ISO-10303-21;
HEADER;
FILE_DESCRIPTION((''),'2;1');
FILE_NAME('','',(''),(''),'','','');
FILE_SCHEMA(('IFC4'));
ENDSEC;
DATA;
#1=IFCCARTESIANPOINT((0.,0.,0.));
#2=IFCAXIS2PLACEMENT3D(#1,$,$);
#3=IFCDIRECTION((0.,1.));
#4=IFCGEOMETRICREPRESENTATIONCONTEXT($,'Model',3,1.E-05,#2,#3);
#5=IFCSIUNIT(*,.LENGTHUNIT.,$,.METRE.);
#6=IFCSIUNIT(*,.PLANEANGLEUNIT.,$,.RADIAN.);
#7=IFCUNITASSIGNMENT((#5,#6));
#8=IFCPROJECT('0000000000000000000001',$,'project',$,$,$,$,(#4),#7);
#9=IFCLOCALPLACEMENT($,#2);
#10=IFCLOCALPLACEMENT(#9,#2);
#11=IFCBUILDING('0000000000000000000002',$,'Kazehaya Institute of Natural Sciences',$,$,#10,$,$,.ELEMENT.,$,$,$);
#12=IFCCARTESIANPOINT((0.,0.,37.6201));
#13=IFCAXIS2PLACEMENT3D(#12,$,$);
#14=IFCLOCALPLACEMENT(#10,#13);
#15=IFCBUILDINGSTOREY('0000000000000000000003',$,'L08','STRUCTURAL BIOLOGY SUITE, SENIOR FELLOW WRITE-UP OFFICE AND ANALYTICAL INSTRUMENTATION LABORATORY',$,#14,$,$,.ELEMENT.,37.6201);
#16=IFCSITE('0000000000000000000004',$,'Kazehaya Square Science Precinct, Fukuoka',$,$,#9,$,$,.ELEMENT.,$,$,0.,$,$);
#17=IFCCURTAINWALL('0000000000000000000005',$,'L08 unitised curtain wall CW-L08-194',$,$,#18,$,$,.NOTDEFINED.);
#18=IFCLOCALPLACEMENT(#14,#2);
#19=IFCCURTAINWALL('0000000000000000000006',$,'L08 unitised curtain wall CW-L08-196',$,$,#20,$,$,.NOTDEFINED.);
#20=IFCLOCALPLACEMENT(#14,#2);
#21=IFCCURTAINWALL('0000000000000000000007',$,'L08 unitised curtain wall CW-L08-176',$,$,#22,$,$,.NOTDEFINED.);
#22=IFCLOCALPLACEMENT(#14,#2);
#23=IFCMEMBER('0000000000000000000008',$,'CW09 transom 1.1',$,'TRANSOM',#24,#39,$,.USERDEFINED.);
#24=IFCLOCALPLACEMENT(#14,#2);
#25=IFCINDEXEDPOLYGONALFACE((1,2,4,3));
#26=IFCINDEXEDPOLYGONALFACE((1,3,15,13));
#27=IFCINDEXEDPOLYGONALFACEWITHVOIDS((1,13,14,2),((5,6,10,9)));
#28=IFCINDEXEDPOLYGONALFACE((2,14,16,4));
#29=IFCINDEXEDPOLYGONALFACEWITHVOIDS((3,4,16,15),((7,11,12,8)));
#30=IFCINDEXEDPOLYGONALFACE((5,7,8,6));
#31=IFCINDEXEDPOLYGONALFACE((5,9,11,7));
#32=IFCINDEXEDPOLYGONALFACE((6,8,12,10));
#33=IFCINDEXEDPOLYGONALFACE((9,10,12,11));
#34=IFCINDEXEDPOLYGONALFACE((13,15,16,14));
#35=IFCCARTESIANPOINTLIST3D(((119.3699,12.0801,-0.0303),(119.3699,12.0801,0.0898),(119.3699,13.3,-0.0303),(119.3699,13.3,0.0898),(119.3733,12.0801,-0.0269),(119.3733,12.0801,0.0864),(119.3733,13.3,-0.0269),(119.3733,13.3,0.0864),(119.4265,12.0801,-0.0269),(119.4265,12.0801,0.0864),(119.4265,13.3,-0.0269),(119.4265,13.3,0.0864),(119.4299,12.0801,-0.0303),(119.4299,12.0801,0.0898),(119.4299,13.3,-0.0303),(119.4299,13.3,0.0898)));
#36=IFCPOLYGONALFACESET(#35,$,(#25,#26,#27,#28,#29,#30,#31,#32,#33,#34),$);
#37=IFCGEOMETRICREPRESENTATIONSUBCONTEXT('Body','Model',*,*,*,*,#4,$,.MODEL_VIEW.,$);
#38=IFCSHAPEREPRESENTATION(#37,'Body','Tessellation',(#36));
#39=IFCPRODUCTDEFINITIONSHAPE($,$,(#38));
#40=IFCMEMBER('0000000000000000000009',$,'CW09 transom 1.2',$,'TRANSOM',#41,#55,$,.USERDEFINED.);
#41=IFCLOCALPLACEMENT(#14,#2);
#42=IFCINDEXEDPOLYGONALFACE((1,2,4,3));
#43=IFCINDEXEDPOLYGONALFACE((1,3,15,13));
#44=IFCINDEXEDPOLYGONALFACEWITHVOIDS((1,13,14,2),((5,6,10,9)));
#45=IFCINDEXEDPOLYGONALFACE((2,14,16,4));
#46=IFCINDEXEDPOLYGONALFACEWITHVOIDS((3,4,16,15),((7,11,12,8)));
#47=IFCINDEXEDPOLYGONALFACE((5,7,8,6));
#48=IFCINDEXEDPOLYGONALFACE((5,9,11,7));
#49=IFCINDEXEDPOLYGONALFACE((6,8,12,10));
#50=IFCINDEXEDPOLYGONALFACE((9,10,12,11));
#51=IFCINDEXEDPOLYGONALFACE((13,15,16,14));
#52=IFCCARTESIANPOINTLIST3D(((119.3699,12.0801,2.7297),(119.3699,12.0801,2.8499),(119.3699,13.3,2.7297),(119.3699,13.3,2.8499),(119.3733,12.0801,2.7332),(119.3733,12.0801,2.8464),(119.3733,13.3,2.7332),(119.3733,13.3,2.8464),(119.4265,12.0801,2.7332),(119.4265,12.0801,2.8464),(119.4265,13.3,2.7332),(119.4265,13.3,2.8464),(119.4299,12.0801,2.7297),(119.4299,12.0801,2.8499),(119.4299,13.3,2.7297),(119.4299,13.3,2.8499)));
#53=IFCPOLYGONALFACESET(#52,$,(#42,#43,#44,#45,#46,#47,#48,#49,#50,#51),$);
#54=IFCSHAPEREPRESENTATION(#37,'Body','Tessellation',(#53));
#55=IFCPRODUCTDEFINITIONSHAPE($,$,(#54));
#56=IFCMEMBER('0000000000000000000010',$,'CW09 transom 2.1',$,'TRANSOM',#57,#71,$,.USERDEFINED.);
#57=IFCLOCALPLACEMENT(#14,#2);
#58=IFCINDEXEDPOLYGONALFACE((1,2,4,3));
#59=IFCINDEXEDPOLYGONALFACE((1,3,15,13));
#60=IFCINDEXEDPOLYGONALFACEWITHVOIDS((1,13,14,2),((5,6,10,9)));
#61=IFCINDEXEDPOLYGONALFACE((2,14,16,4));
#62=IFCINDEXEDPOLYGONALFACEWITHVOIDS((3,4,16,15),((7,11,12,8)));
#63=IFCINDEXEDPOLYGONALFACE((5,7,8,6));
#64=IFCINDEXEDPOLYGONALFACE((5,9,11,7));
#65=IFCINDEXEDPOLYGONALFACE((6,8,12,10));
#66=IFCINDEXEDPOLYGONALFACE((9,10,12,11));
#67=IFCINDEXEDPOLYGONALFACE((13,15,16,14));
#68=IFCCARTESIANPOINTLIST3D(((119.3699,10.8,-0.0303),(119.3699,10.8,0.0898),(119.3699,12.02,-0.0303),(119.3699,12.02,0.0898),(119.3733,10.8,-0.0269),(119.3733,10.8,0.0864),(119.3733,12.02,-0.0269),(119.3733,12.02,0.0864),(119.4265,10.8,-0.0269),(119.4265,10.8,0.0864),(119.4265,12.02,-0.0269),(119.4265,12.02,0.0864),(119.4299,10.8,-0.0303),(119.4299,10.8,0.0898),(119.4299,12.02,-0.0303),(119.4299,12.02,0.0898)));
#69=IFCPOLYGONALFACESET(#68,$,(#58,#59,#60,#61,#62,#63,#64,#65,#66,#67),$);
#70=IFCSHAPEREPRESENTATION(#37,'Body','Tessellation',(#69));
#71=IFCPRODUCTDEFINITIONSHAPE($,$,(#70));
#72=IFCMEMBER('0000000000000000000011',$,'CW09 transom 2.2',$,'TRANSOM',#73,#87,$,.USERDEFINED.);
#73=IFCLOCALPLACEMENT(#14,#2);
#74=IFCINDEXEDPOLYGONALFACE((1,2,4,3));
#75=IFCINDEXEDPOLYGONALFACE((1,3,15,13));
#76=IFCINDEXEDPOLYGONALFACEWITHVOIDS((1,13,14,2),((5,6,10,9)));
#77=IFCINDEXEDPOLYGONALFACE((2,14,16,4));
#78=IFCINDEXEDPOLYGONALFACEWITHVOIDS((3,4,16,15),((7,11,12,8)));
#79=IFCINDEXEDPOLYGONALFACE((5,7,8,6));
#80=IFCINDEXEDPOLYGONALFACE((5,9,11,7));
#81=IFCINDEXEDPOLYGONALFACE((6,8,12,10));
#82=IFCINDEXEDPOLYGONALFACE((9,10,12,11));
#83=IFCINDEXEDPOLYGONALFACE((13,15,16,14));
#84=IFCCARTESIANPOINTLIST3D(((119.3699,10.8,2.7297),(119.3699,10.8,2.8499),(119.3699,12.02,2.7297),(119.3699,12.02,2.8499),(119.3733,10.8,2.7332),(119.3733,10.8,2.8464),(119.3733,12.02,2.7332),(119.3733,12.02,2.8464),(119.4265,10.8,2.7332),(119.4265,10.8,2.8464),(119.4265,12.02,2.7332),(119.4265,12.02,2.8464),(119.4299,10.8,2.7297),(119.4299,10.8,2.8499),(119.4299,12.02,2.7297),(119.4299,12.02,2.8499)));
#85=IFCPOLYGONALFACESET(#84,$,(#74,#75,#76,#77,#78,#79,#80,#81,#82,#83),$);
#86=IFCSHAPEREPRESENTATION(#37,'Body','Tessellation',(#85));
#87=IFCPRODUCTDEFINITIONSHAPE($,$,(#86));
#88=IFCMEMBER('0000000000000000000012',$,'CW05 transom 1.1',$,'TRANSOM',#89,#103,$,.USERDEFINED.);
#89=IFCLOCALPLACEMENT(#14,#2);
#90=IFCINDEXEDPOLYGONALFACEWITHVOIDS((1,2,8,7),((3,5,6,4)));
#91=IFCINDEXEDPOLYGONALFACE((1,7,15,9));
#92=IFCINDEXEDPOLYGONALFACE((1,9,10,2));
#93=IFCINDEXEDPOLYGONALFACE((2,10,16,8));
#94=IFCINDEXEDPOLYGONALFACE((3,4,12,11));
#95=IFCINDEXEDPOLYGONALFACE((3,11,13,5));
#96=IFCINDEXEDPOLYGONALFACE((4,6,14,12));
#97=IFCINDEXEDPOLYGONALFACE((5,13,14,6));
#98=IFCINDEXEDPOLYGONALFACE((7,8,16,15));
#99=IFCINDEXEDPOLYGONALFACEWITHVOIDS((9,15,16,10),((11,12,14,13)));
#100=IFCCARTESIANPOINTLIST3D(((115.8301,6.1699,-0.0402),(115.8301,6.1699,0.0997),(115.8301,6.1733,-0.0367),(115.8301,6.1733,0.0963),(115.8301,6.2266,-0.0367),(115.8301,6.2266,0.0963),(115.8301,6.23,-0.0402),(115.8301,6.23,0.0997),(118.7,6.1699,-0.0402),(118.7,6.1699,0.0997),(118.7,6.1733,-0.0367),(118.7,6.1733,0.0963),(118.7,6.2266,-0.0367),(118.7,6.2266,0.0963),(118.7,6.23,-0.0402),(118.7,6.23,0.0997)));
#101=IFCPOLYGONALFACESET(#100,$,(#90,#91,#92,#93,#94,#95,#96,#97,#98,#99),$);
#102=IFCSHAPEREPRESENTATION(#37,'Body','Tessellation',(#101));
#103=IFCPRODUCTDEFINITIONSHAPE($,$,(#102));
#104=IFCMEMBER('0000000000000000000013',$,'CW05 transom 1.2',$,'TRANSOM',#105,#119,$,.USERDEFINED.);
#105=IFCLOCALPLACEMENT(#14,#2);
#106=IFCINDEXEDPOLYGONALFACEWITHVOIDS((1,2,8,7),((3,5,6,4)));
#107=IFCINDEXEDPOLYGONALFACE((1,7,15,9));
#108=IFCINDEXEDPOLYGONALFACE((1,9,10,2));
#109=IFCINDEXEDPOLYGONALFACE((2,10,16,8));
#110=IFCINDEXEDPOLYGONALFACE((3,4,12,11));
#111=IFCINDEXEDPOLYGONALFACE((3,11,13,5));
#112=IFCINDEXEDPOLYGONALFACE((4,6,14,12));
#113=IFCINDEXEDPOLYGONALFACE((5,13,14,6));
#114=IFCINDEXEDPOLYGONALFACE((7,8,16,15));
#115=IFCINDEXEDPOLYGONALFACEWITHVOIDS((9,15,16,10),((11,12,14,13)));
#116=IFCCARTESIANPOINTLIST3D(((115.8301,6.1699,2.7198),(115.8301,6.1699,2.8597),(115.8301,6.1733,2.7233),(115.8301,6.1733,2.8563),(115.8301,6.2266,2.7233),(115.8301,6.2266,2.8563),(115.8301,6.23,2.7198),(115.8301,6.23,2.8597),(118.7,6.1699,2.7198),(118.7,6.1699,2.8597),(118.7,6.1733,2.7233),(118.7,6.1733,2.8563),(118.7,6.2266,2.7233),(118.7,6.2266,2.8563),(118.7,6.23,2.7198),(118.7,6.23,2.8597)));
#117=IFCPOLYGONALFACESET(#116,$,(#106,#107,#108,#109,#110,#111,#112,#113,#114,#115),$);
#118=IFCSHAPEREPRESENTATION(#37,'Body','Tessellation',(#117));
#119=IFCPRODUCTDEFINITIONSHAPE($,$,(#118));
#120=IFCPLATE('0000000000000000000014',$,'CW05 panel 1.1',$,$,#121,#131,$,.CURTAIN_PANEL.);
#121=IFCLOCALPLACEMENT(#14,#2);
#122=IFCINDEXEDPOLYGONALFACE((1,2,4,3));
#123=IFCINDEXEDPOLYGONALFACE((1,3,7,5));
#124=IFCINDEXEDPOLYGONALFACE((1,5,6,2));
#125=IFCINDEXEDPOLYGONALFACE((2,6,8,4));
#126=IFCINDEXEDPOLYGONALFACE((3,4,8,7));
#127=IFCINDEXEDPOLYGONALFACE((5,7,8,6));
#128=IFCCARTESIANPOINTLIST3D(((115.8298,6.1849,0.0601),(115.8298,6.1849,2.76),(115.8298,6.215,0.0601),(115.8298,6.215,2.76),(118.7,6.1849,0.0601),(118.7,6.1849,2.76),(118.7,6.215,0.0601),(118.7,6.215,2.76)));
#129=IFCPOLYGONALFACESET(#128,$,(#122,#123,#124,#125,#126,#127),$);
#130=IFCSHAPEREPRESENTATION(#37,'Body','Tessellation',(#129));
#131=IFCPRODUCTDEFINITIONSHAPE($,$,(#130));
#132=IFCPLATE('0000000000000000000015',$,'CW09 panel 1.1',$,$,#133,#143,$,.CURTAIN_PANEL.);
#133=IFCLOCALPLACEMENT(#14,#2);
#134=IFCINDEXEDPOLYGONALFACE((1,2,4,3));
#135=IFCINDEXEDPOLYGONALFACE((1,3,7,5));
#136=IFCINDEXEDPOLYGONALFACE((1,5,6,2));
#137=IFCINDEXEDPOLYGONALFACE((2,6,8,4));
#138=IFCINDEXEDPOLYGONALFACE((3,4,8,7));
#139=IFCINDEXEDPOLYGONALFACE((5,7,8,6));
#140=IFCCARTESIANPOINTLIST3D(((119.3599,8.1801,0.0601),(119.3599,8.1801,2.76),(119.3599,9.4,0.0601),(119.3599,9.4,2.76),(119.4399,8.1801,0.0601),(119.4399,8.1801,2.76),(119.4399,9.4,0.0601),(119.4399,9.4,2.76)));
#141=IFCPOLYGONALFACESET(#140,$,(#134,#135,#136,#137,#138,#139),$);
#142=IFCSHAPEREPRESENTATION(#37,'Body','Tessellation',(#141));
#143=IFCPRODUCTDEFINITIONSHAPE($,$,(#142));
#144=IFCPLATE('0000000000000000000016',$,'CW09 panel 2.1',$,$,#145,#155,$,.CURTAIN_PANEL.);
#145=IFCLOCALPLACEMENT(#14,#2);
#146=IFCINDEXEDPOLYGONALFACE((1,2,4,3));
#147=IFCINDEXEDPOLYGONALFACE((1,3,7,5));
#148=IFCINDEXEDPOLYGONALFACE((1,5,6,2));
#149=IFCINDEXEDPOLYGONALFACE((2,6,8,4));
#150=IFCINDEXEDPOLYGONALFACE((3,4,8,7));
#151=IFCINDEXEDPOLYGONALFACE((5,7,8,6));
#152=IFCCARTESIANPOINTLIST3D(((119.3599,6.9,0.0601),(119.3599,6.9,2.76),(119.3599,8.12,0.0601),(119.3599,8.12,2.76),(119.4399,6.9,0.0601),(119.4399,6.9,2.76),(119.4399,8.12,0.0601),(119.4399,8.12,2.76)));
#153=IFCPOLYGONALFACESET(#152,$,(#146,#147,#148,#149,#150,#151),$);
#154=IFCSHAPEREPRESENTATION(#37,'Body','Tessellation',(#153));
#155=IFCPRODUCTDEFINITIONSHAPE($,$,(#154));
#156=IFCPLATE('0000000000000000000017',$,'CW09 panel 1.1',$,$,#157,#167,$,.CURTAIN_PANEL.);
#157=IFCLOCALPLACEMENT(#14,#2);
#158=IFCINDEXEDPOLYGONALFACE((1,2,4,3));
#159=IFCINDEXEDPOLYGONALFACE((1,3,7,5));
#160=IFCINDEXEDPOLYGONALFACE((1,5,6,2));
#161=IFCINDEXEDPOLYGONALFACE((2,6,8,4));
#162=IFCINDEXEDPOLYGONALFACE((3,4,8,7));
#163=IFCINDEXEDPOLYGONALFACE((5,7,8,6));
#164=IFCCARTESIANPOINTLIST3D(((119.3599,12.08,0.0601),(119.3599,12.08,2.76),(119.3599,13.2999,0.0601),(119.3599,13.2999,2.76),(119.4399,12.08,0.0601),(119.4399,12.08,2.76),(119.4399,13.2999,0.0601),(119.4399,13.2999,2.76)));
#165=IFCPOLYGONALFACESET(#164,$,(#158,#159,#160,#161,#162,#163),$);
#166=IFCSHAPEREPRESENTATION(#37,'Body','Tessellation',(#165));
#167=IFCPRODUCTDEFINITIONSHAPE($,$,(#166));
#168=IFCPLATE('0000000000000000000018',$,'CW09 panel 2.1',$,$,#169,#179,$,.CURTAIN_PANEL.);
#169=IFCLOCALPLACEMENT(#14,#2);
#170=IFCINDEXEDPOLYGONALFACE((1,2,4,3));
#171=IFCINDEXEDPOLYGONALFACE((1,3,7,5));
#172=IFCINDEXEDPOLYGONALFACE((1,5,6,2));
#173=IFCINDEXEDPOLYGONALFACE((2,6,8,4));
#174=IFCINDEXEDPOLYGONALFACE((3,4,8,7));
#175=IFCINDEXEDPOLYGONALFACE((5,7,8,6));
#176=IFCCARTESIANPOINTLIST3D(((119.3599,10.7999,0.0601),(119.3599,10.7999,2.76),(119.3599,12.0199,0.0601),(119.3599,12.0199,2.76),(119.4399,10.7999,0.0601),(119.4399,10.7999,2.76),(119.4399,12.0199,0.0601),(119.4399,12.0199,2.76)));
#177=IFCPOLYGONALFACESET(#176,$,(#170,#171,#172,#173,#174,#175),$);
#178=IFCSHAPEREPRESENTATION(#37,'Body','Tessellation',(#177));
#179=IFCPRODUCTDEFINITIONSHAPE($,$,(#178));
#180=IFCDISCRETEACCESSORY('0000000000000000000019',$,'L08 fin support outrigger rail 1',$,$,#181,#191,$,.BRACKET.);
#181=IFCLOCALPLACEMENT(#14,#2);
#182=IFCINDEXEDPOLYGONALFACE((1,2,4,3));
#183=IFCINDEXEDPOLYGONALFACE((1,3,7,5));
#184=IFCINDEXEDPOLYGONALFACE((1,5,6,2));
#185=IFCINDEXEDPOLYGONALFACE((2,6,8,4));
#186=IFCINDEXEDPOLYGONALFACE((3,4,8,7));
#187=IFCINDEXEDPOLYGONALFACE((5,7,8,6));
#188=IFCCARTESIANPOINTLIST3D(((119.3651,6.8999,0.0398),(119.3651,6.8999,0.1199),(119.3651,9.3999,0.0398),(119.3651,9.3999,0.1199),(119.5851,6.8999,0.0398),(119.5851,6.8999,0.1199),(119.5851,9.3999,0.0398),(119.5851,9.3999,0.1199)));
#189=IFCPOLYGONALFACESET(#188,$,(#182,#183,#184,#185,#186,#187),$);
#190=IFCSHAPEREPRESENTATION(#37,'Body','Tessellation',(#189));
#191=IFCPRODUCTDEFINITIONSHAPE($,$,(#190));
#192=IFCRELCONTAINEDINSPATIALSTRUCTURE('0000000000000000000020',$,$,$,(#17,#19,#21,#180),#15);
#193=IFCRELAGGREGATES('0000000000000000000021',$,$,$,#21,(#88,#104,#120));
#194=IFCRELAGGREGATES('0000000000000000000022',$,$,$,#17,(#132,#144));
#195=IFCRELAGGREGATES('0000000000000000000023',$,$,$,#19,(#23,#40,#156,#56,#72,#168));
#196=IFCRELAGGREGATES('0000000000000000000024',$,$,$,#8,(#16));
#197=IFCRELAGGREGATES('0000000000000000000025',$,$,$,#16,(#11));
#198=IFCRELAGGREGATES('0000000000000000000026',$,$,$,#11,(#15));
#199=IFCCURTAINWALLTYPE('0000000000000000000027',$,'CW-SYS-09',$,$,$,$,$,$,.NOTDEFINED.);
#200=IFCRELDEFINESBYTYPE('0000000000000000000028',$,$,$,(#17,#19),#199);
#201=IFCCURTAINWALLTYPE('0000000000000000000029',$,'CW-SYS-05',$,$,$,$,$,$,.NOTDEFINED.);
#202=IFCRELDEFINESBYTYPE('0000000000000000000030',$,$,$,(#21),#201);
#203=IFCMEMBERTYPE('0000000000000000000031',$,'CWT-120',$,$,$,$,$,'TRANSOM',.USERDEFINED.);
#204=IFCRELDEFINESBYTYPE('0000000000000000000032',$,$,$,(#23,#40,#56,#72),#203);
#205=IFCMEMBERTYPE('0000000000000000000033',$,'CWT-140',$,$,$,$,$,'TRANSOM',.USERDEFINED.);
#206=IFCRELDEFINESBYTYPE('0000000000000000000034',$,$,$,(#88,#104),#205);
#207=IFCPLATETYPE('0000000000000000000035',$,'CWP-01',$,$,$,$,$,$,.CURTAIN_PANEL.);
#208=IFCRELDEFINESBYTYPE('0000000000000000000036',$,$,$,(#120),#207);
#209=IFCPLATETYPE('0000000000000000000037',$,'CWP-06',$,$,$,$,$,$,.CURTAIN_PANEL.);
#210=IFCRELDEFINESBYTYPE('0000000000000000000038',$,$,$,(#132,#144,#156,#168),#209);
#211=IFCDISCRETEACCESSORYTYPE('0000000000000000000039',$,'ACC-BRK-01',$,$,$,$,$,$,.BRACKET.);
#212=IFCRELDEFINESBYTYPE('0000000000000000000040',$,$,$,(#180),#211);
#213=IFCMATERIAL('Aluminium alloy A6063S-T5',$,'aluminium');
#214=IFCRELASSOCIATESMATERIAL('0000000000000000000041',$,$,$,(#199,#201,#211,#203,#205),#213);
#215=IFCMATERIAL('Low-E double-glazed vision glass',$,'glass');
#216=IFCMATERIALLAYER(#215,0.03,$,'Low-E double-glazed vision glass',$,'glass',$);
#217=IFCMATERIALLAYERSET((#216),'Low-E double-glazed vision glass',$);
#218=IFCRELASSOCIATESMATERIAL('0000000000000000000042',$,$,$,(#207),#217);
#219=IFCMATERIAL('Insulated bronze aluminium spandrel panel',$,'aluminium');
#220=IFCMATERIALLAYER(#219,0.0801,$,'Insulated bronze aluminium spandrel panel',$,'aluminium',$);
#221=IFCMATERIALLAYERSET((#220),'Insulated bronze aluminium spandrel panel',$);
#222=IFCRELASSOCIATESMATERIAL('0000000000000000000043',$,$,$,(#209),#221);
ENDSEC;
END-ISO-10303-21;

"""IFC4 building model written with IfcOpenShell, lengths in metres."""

from ifc_helpers import new_model, si_unit, direction, frame, origin, origin_2d, place, context, subcontext, project, spatial, rectangle, hollow_rectangle, extrude, material, layer, layer_set, material_profile, profile_set, type_object, element, aggregate, save


model = new_model("IFC4")

# Units and contexts
model_context = context("Model", 3, precision=1e-05, world=origin(), true_north=direction((0.0, 1.0)))
body_context = subcontext(model_context, "Body", "Model", "MODEL_VIEW")
ifc_project = project(units=[si_unit("LENGTHUNIT", "METRE"), si_unit("PLANEANGLEUNIT", "RADIAN")], contexts=[model_context])

# Site, building, storey
site_placement = place(None, origin())
site = spatial("IfcSite", under=ifc_project, at=site_placement, Name="Kazehaya Square Science Precinct, Fukuoka", CompositionType="ELEMENT", RefElevation=0.0)
building_placement = place(site_placement, origin())
building = spatial("IfcBuilding", under=site, at=building_placement, Name="Kazehaya Institute of Natural Sciences", CompositionType="ELEMENT")
storey_placement = place(building_placement, frame((0.0, 0.0, 37.6201)))
storey = spatial("IfcBuildingStorey", under=building, at=storey_placement, Name="L08", Description="STRUCTURAL BIOLOGY SUITE, SENIOR FELLOW WRITE-UP OFFICE AND ANALYTICAL INSTRUMENTATION LABORATORY", CompositionType="ELEMENT", Elevation=37.6201)

# Curtain walls
ifc_material_1 = material(Name="Aluminium alloy A6063S-T5", Category="aluminium")
curtain_wall_type_1 = type_object("IfcCurtainWallType", Name="CW-SYS-09", PredefinedType="NOTDEFINED", material=ifc_material_1)
curtain_wall_1_placement = place(storey_placement, origin())
curtain_wall_1 = element("IfcCurtainWall", 1, at=curtain_wall_1_placement, inside=storey, type_object=curtain_wall_type_1, Name="L08 unitised curtain wall CW-L08-194", PredefinedType="NOTDEFINED")
curtain_wall_2_placement = place(storey_placement, origin())
curtain_wall_2 = element("IfcCurtainWall", 2, at=curtain_wall_2_placement, inside=storey, type_object=curtain_wall_type_1, Name="L08 unitised curtain wall CW-L08-196", PredefinedType="NOTDEFINED")
curtain_wall_type_2 = type_object("IfcCurtainWallType", Name="CW-SYS-05", PredefinedType="NOTDEFINED", material=ifc_material_1)
curtain_wall_3_placement = place(storey_placement, origin())
curtain_wall_3 = element("IfcCurtainWall", 3, at=curtain_wall_3_placement, inside=storey, type_object=curtain_wall_type_2, Name="L08 unitised curtain wall CW-L08-176", PredefinedType="NOTDEFINED")

# Members
ifc_material_profile_1 = material_profile(ifc_material_1, hollow_rectangle(XDim=0.0601, YDim=0.1201, WallThickness=0.0034, at=origin_2d()), Name="ALU-60x120x3.5")
ifc_profile_set_1 = profile_set([ifc_material_profile_1], Name="Aluminium alloy A6063S-T5")
member_type_1 = type_object("IfcMemberType", Name="CWT-120", ElementType="TRANSOM", PredefinedType="USERDEFINED", material=ifc_profile_set_1)
member_1_placement = place(storey_placement, frame((119.3999, 13.3, 0.0298), z_axis=(0.0, -1.0, 0.0), x_axis=(1.0, 0.0, 0.0)))
member_1 = element("IfcMember", 4, at=member_1_placement, type_object=member_type_1, Name="CW09 transom 1.1", ObjectType="TRANSOM", PredefinedType="USERDEFINED", context=body_context, shape_type="SweptSolid", body=[
    extrude(hollow_rectangle(XDim=0.0601, YDim=0.1201, WallThickness=0.0034, at=origin_2d()), origin(), (0.0, 0.0, 1.0), 1.22),
])
member_2_placement = place(storey_placement, frame((119.3999, 13.3, 2.7898), z_axis=(0.0, -1.0, 0.0), x_axis=(1.0, 0.0, 0.0)))
member_2 = element("IfcMember", 5, at=member_2_placement, type_object=member_type_1, Name="CW09 transom 1.2", ObjectType="TRANSOM", PredefinedType="USERDEFINED", context=body_context, shape_type="SweptSolid", body=[
    extrude(hollow_rectangle(XDim=0.0601, YDim=0.1201, WallThickness=0.0034, at=origin_2d()), origin(), (0.0, 0.0, 1.0), 1.22),
])
member_3_placement = place(storey_placement, frame((119.3999, 12.02, 0.0298), z_axis=(0.0, -1.0, 0.0), x_axis=(1.0, 0.0, 0.0)))
member_3 = element("IfcMember", 6, at=member_3_placement, type_object=member_type_1, Name="CW09 transom 2.1", ObjectType="TRANSOM", PredefinedType="USERDEFINED", context=body_context, shape_type="SweptSolid", body=[
    extrude(hollow_rectangle(XDim=0.0601, YDim=0.1201, WallThickness=0.0034, at=origin_2d()), origin(), (0.0, 0.0, 1.0), 1.22),
])
member_4_placement = place(storey_placement, frame((119.3999, 12.02, 2.7898), z_axis=(0.0, -1.0, 0.0), x_axis=(1.0, 0.0, 0.0)))
member_4 = element("IfcMember", 7, at=member_4_placement, type_object=member_type_1, Name="CW09 transom 2.2", ObjectType="TRANSOM", PredefinedType="USERDEFINED", context=body_context, shape_type="SweptSolid", body=[
    extrude(hollow_rectangle(XDim=0.0601, YDim=0.1201, WallThickness=0.0034, at=origin_2d()), origin(), (0.0, 0.0, 1.0), 1.22),
])
ifc_material_profile_2 = material_profile(ifc_material_1, hollow_rectangle(XDim=0.0601, YDim=0.1399, WallThickness=0.0034, at=origin_2d()), Name="ALU-60x140x3.5")
ifc_profile_set_2 = profile_set([ifc_material_profile_2], Name="Aluminium alloy A6063S-T5")
member_type_2 = type_object("IfcMemberType", Name="CWT-140", ElementType="TRANSOM", PredefinedType="USERDEFINED", material=ifc_profile_set_2)
member_5_placement = place(storey_placement, frame((118.7, 6.2, 0.0298), z_axis=(-1.0, 0.0, 0.0), x_axis=(0.0, -1.0, 0.0)))
member_5 = element("IfcMember", 8, at=member_5_placement, type_object=member_type_2, Name="CW05 transom 1.1", ObjectType="TRANSOM", PredefinedType="USERDEFINED", context=body_context, shape_type="SweptSolid", body=[
    extrude(hollow_rectangle(XDim=0.0601, YDim=0.1399, WallThickness=0.0034, at=origin_2d()), origin(), (0.0, 0.0, 1.0), 2.8699),
])
member_6_placement = place(storey_placement, frame((118.7, 6.2, 2.7898), z_axis=(-1.0, 0.0, 0.0), x_axis=(0.0, -1.0, 0.0)))
member_6 = element("IfcMember", 9, at=member_6_placement, type_object=member_type_2, Name="CW05 transom 1.2", ObjectType="TRANSOM", PredefinedType="USERDEFINED", context=body_context, shape_type="SweptSolid", body=[
    extrude(hollow_rectangle(XDim=0.0601, YDim=0.1399, WallThickness=0.0034, at=origin_2d()), origin(), (0.0, 0.0, 1.0), 2.8699),
])

# Plates
ifc_material_2 = material(Name="Low-E double-glazed vision glass", Category="glass")
ifc_layer_1 = layer(ifc_material_2, 0.03, Name="Low-E double-glazed vision glass", Category="glass")
ifc_layer_set_1 = layer_set([ifc_layer_1], Name="Low-E double-glazed vision glass")
plate_type_1 = type_object("IfcPlateType", Name="CWP-01", PredefinedType="CURTAIN_PANEL", material=ifc_layer_set_1)
plate_1_placement = place(storey_placement, frame((117.2649, 6.2, 0.0601), z_axis=(0.0, 0.0, 1.0), x_axis=(-1.0, 0.0, 0.0)))
plate_1 = element("IfcPlate", 10, at=plate_1_placement, type_object=plate_type_1, Name="CW05 panel 1.1", PredefinedType="CURTAIN_PANEL", context=body_context, shape_type="SweptSolid", body=[
    extrude(rectangle(XDim=2.8701, YDim=0.03, at=origin_2d()), origin(), (0.0, 0.0, 1.0), 2.7),
])
aggregate(curtain_wall_3, [member_5, member_6, plate_1])
ifc_material_3 = material(Name="Insulated bronze aluminium spandrel panel", Category="aluminium")
ifc_layer_2 = layer(ifc_material_3, 0.0801, Name="Insulated bronze aluminium spandrel panel", Category="aluminium")
ifc_layer_set_2 = layer_set([ifc_layer_2], Name="Insulated bronze aluminium spandrel panel")
plate_type_2 = type_object("IfcPlateType", Name="CWP-06", PredefinedType="CURTAIN_PANEL", material=ifc_layer_set_2)
plate_2_placement = place(storey_placement, frame((119.3999, 8.79, 0.0601), z_axis=(0.0, 0.0, 1.0), x_axis=(0.0, -1.0, 0.0)))
plate_2 = element("IfcPlate", 11, at=plate_2_placement, type_object=plate_type_2, Name="CW09 panel 1.1", PredefinedType="CURTAIN_PANEL", context=body_context, shape_type="SweptSolid", body=[
    extrude(rectangle(XDim=1.22, YDim=0.0801, at=origin_2d()), origin(), (0.0, 0.0, 1.0), 2.7),
])
plate_3_placement = place(storey_placement, frame((119.3999, 7.51, 0.0601), z_axis=(0.0, 0.0, 1.0), x_axis=(0.0, -1.0, 0.0)))
plate_3 = element("IfcPlate", 12, at=plate_3_placement, type_object=plate_type_2, Name="CW09 panel 2.1", PredefinedType="CURTAIN_PANEL", context=body_context, shape_type="SweptSolid", body=[
    extrude(rectangle(XDim=1.22, YDim=0.0801, at=origin_2d()), origin(), (0.0, 0.0, 1.0), 2.7),
])
aggregate(curtain_wall_1, [plate_2, plate_3])
plate_4_placement = place(storey_placement, frame((119.3999, 12.6899, 0.0601), z_axis=(0.0, 0.0, 1.0), x_axis=(0.0, -1.0, 0.0)))
plate_4 = element("IfcPlate", 13, at=plate_4_placement, type_object=plate_type_2, Name="CW09 panel 1.1", PredefinedType="CURTAIN_PANEL", context=body_context, shape_type="SweptSolid", body=[
    extrude(rectangle(XDim=1.22, YDim=0.0801, at=origin_2d()), origin(), (0.0, 0.0, 1.0), 2.7),
])
plate_5_placement = place(storey_placement, frame((119.3999, 11.4099, 0.0601), z_axis=(0.0, 0.0, 1.0), x_axis=(0.0, -1.0, 0.0)))
plate_5 = element("IfcPlate", 14, at=plate_5_placement, type_object=plate_type_2, Name="CW09 panel 2.1", PredefinedType="CURTAIN_PANEL", context=body_context, shape_type="SweptSolid", body=[
    extrude(rectangle(XDim=1.22, YDim=0.0801, at=origin_2d()), origin(), (0.0, 0.0, 1.0), 2.7),
])
aggregate(curtain_wall_2, [member_1, member_2, plate_4, member_3, member_4, plate_5])

# Discrete accessory
discrete_accessory_type_1 = type_object("IfcDiscreteAccessoryType", Name="ACC-BRK-01", PredefinedType="BRACKET", material=ifc_material_1)
for number, where, z_axis, x_axis, name in (
    (15, (119.4751, 8.1499, 0.0398), (0.0, 0.0, 1.0), (0.0, -1.0, 0.0), "L08 fin support outrigger rail 1"),
):
    element("IfcDiscreteAccessory", number, at=place(storey_placement, frame(where, z_axis=z_axis, x_axis=x_axis)), inside=storey, type_object=discrete_accessory_type_1, Name=name, PredefinedType="BRACKET", context=body_context, shape_type="SweptSolid", body=[
        extrude(rectangle(XDim=2.5, YDim=0.22, at=origin_2d()), origin(), (0.0, 0.0, 1.0), 0.0801),
    ])

save(model, "model.ifc")
